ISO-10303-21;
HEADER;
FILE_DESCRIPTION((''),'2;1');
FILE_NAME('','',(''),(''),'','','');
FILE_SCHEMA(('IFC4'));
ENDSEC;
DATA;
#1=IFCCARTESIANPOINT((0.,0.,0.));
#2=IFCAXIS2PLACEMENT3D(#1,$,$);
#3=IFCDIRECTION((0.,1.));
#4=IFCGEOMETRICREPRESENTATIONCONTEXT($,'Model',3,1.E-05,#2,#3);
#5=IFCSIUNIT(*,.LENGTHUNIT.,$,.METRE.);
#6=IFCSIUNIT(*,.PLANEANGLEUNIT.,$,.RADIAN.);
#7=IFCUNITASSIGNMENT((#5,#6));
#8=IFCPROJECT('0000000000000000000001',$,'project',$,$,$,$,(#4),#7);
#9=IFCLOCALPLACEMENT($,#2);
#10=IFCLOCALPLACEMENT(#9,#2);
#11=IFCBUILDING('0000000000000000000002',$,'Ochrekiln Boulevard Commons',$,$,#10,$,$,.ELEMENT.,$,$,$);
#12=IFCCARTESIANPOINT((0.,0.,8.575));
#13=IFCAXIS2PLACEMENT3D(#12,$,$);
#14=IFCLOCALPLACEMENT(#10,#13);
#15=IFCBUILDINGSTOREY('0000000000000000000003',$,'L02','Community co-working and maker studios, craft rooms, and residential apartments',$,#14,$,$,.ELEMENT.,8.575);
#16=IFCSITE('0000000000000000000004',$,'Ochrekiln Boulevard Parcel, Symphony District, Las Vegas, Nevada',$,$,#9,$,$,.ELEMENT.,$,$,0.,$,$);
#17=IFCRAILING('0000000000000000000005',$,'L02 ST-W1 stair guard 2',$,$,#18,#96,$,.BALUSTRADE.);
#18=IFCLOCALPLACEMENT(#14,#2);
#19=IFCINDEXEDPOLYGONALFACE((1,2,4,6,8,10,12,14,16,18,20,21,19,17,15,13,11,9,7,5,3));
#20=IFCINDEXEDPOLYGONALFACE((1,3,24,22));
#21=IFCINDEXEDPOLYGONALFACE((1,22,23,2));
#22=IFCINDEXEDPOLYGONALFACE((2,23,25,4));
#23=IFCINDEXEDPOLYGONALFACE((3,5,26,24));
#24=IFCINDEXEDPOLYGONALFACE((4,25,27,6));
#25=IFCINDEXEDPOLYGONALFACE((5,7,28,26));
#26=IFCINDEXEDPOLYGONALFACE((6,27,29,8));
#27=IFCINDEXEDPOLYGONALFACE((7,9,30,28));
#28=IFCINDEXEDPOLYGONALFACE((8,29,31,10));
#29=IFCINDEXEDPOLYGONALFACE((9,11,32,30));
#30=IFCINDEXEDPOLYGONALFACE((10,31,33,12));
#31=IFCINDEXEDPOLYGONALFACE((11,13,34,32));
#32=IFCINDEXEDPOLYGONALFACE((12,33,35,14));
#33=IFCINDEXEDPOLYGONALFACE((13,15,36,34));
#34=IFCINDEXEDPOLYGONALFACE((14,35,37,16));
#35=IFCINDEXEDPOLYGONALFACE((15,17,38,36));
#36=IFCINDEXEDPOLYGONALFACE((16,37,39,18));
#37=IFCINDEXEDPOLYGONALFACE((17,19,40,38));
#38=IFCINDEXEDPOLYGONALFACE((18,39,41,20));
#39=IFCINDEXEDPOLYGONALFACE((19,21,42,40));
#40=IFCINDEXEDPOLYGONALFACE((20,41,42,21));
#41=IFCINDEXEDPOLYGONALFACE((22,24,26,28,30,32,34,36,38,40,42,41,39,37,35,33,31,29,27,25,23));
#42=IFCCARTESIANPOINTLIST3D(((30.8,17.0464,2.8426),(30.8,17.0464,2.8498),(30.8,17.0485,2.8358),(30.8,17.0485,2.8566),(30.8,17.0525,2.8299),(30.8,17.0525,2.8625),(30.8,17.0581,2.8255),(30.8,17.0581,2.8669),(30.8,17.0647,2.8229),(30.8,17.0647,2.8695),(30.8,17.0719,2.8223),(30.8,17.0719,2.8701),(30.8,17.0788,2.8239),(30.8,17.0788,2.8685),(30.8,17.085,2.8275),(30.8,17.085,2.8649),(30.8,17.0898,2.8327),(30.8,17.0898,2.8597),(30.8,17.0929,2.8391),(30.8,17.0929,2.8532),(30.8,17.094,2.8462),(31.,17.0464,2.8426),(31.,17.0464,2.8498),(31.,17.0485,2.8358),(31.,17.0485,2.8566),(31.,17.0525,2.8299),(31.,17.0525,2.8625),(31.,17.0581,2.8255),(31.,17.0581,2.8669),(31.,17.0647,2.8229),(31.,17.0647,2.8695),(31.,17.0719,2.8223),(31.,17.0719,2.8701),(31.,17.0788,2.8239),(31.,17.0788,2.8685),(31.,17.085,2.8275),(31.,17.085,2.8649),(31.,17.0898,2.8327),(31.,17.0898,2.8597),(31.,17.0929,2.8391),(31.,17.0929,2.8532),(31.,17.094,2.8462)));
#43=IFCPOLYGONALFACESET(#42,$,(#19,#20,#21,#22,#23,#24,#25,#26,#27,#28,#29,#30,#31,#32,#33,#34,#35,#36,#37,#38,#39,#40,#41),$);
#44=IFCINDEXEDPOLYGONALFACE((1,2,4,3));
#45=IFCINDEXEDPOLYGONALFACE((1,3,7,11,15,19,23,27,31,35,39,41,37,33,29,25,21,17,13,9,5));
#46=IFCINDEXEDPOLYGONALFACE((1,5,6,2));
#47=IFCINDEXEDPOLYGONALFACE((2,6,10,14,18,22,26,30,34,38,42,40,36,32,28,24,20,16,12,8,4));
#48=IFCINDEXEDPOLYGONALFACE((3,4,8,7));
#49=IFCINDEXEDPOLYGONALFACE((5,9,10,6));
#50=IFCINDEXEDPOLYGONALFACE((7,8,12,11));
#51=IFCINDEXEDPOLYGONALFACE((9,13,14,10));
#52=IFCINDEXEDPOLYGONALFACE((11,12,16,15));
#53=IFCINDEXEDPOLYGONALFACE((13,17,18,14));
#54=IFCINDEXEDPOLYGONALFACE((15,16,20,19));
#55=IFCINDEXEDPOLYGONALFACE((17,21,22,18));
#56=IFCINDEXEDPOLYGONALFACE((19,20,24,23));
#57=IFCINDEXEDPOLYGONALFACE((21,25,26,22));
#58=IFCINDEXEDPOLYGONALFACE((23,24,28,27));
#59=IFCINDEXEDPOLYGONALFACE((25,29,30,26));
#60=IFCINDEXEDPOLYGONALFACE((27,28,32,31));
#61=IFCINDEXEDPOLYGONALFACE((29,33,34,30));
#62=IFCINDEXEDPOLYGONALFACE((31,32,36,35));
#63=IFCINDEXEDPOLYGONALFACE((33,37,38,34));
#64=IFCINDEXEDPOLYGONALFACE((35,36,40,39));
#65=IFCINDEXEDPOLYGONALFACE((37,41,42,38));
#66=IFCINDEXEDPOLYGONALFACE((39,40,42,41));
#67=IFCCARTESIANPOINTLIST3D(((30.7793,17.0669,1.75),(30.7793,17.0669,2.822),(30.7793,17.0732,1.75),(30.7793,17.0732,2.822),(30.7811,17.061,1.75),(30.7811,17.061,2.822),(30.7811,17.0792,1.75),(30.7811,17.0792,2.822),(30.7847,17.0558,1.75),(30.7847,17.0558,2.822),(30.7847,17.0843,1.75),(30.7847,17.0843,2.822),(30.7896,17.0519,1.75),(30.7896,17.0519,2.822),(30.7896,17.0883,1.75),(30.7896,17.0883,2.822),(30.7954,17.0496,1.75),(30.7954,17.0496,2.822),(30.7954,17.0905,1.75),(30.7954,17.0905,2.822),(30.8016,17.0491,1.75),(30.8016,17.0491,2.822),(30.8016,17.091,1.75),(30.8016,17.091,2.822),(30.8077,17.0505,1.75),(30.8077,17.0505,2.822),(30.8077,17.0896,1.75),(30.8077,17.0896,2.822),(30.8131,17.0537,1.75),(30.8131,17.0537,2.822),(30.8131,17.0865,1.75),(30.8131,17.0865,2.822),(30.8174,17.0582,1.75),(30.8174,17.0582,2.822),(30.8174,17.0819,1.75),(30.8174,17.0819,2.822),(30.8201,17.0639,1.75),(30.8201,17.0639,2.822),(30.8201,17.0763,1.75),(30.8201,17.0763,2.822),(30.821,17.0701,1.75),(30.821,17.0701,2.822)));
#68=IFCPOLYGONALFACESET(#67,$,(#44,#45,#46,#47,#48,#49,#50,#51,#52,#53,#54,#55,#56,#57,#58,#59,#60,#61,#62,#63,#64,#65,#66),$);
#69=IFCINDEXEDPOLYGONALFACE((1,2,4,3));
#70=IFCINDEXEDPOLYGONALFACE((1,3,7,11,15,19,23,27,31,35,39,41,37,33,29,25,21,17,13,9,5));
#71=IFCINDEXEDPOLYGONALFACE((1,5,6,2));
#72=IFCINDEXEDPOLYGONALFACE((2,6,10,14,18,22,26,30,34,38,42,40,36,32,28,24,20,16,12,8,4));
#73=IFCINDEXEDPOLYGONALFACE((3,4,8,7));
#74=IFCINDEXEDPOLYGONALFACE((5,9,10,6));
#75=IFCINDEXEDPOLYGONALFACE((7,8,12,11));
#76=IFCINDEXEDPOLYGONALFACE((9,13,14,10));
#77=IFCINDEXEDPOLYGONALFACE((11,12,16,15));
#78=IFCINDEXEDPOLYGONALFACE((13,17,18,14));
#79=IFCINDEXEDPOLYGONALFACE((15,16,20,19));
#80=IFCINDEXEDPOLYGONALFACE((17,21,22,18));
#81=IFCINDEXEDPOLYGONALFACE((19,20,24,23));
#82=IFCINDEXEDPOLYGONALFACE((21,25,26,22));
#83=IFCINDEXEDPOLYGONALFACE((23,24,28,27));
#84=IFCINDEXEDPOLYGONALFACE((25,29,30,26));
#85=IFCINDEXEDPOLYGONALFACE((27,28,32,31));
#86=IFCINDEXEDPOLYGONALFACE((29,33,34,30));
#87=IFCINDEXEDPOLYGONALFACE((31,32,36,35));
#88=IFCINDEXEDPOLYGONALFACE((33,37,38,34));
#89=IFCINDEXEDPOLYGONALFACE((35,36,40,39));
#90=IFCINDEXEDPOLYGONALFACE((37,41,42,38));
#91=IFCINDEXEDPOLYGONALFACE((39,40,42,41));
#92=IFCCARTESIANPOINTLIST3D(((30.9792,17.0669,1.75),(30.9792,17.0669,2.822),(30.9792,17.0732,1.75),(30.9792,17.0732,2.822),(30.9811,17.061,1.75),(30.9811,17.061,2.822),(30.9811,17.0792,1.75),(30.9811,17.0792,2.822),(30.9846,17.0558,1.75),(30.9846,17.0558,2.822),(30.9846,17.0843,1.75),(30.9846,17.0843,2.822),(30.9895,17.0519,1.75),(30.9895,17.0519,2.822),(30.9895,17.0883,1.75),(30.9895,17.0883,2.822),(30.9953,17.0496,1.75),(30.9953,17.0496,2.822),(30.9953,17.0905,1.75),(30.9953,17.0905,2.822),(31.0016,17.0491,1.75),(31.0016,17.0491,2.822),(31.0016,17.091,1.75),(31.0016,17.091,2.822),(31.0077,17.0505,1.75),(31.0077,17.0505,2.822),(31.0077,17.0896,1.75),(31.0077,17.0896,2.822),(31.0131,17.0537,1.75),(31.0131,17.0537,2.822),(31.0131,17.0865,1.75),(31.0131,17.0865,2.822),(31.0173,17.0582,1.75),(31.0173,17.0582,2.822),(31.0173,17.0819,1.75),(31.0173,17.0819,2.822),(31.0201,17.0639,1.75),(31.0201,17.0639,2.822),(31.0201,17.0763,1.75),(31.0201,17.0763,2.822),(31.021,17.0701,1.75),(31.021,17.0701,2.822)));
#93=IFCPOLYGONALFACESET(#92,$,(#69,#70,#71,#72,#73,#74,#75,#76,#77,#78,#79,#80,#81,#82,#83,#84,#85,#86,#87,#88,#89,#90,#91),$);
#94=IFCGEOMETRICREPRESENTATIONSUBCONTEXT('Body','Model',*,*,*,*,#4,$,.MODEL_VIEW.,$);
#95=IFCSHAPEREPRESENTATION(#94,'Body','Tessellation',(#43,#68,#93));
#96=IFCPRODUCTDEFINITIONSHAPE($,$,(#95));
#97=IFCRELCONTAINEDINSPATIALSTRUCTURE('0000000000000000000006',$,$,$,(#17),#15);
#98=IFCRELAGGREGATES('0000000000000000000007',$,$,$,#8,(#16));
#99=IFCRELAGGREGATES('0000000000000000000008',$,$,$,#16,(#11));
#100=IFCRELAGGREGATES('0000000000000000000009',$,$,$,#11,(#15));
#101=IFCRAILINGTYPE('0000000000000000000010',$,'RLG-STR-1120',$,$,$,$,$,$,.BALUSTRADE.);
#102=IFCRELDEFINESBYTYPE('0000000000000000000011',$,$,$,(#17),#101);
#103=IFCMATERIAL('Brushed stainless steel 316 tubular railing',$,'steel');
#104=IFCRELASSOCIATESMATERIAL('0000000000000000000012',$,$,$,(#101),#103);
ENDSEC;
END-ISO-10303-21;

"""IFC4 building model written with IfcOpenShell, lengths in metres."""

from ifc_helpers import new_model, si_unit, direction, frame, origin, origin_2d, place, context, subcontext, project, spatial, circle, extrude, material, type_object, element, save


model = new_model("IFC4")

# Units and contexts
model_context = context("Model", 3, precision=1e-05, world=origin(), true_north=direction((0.0, 1.0)))
body_context = subcontext(model_context, "Body", "Model", "MODEL_VIEW")
ifc_project = project(units=[si_unit("LENGTHUNIT", "METRE"), si_unit("PLANEANGLEUNIT", "RADIAN")], contexts=[model_context])

# Site, building, storey
site_placement = place(None, origin())
site = spatial("IfcSite", under=ifc_project, at=site_placement, Name="Ochrekiln Boulevard Parcel, Symphony District, Las Vegas, Nevada", CompositionType="ELEMENT", RefElevation=0.0)
building_placement = place(site_placement, origin())
building = spatial("IfcBuilding", under=site, at=building_placement, Name="Ochrekiln Boulevard Commons", CompositionType="ELEMENT")
storey_placement = place(building_placement, frame((0.0, 0.0, 8.575)))
storey = spatial("IfcBuildingStorey", under=building, at=storey_placement, Name="L02", Description="Community co-working and maker studios, craft rooms, and residential apartments", CompositionType="ELEMENT", Elevation=8.575)

# Railing
ifc_material_1 = material(Name="Brushed stainless steel 316 tubular railing", Category="steel")
railing_type_1 = type_object("IfcRailingType", Name="RLG-STR-1120", PredefinedType="BALUSTRADE", material=ifc_material_1)
railing_1_placement = place(storey_placement, frame((30.8, 17.0701, 1.75)))
element("IfcRailing", 1, at=railing_1_placement, inside=storey, type_object=railing_type_1, Name="L02 ST-W1 stair guard 2", PredefinedType="BALUSTRADE", context=body_context, shape_type="SweptSolid", body=[
    extrude(circle(Radius=0.0239, at=origin_2d()), frame((0.0, 0.0, 1.0962), z_axis=(1.0, 0.0, 0.0), x_axis=(0.0, 1.0, 0.0)), (0.0, 0.0, 1.0), 0.2),
    extrude(circle(Radius=0.021, at=origin_2d()), origin(), (0.0, 0.0, 1.0), 1.072),
    extrude(circle(Radius=0.021, at=origin_2d()), frame((0.2, 0.0, 0.0)), (0.0, 0.0, 1.0), 1.072),
])

save(model, "model.ifc")
